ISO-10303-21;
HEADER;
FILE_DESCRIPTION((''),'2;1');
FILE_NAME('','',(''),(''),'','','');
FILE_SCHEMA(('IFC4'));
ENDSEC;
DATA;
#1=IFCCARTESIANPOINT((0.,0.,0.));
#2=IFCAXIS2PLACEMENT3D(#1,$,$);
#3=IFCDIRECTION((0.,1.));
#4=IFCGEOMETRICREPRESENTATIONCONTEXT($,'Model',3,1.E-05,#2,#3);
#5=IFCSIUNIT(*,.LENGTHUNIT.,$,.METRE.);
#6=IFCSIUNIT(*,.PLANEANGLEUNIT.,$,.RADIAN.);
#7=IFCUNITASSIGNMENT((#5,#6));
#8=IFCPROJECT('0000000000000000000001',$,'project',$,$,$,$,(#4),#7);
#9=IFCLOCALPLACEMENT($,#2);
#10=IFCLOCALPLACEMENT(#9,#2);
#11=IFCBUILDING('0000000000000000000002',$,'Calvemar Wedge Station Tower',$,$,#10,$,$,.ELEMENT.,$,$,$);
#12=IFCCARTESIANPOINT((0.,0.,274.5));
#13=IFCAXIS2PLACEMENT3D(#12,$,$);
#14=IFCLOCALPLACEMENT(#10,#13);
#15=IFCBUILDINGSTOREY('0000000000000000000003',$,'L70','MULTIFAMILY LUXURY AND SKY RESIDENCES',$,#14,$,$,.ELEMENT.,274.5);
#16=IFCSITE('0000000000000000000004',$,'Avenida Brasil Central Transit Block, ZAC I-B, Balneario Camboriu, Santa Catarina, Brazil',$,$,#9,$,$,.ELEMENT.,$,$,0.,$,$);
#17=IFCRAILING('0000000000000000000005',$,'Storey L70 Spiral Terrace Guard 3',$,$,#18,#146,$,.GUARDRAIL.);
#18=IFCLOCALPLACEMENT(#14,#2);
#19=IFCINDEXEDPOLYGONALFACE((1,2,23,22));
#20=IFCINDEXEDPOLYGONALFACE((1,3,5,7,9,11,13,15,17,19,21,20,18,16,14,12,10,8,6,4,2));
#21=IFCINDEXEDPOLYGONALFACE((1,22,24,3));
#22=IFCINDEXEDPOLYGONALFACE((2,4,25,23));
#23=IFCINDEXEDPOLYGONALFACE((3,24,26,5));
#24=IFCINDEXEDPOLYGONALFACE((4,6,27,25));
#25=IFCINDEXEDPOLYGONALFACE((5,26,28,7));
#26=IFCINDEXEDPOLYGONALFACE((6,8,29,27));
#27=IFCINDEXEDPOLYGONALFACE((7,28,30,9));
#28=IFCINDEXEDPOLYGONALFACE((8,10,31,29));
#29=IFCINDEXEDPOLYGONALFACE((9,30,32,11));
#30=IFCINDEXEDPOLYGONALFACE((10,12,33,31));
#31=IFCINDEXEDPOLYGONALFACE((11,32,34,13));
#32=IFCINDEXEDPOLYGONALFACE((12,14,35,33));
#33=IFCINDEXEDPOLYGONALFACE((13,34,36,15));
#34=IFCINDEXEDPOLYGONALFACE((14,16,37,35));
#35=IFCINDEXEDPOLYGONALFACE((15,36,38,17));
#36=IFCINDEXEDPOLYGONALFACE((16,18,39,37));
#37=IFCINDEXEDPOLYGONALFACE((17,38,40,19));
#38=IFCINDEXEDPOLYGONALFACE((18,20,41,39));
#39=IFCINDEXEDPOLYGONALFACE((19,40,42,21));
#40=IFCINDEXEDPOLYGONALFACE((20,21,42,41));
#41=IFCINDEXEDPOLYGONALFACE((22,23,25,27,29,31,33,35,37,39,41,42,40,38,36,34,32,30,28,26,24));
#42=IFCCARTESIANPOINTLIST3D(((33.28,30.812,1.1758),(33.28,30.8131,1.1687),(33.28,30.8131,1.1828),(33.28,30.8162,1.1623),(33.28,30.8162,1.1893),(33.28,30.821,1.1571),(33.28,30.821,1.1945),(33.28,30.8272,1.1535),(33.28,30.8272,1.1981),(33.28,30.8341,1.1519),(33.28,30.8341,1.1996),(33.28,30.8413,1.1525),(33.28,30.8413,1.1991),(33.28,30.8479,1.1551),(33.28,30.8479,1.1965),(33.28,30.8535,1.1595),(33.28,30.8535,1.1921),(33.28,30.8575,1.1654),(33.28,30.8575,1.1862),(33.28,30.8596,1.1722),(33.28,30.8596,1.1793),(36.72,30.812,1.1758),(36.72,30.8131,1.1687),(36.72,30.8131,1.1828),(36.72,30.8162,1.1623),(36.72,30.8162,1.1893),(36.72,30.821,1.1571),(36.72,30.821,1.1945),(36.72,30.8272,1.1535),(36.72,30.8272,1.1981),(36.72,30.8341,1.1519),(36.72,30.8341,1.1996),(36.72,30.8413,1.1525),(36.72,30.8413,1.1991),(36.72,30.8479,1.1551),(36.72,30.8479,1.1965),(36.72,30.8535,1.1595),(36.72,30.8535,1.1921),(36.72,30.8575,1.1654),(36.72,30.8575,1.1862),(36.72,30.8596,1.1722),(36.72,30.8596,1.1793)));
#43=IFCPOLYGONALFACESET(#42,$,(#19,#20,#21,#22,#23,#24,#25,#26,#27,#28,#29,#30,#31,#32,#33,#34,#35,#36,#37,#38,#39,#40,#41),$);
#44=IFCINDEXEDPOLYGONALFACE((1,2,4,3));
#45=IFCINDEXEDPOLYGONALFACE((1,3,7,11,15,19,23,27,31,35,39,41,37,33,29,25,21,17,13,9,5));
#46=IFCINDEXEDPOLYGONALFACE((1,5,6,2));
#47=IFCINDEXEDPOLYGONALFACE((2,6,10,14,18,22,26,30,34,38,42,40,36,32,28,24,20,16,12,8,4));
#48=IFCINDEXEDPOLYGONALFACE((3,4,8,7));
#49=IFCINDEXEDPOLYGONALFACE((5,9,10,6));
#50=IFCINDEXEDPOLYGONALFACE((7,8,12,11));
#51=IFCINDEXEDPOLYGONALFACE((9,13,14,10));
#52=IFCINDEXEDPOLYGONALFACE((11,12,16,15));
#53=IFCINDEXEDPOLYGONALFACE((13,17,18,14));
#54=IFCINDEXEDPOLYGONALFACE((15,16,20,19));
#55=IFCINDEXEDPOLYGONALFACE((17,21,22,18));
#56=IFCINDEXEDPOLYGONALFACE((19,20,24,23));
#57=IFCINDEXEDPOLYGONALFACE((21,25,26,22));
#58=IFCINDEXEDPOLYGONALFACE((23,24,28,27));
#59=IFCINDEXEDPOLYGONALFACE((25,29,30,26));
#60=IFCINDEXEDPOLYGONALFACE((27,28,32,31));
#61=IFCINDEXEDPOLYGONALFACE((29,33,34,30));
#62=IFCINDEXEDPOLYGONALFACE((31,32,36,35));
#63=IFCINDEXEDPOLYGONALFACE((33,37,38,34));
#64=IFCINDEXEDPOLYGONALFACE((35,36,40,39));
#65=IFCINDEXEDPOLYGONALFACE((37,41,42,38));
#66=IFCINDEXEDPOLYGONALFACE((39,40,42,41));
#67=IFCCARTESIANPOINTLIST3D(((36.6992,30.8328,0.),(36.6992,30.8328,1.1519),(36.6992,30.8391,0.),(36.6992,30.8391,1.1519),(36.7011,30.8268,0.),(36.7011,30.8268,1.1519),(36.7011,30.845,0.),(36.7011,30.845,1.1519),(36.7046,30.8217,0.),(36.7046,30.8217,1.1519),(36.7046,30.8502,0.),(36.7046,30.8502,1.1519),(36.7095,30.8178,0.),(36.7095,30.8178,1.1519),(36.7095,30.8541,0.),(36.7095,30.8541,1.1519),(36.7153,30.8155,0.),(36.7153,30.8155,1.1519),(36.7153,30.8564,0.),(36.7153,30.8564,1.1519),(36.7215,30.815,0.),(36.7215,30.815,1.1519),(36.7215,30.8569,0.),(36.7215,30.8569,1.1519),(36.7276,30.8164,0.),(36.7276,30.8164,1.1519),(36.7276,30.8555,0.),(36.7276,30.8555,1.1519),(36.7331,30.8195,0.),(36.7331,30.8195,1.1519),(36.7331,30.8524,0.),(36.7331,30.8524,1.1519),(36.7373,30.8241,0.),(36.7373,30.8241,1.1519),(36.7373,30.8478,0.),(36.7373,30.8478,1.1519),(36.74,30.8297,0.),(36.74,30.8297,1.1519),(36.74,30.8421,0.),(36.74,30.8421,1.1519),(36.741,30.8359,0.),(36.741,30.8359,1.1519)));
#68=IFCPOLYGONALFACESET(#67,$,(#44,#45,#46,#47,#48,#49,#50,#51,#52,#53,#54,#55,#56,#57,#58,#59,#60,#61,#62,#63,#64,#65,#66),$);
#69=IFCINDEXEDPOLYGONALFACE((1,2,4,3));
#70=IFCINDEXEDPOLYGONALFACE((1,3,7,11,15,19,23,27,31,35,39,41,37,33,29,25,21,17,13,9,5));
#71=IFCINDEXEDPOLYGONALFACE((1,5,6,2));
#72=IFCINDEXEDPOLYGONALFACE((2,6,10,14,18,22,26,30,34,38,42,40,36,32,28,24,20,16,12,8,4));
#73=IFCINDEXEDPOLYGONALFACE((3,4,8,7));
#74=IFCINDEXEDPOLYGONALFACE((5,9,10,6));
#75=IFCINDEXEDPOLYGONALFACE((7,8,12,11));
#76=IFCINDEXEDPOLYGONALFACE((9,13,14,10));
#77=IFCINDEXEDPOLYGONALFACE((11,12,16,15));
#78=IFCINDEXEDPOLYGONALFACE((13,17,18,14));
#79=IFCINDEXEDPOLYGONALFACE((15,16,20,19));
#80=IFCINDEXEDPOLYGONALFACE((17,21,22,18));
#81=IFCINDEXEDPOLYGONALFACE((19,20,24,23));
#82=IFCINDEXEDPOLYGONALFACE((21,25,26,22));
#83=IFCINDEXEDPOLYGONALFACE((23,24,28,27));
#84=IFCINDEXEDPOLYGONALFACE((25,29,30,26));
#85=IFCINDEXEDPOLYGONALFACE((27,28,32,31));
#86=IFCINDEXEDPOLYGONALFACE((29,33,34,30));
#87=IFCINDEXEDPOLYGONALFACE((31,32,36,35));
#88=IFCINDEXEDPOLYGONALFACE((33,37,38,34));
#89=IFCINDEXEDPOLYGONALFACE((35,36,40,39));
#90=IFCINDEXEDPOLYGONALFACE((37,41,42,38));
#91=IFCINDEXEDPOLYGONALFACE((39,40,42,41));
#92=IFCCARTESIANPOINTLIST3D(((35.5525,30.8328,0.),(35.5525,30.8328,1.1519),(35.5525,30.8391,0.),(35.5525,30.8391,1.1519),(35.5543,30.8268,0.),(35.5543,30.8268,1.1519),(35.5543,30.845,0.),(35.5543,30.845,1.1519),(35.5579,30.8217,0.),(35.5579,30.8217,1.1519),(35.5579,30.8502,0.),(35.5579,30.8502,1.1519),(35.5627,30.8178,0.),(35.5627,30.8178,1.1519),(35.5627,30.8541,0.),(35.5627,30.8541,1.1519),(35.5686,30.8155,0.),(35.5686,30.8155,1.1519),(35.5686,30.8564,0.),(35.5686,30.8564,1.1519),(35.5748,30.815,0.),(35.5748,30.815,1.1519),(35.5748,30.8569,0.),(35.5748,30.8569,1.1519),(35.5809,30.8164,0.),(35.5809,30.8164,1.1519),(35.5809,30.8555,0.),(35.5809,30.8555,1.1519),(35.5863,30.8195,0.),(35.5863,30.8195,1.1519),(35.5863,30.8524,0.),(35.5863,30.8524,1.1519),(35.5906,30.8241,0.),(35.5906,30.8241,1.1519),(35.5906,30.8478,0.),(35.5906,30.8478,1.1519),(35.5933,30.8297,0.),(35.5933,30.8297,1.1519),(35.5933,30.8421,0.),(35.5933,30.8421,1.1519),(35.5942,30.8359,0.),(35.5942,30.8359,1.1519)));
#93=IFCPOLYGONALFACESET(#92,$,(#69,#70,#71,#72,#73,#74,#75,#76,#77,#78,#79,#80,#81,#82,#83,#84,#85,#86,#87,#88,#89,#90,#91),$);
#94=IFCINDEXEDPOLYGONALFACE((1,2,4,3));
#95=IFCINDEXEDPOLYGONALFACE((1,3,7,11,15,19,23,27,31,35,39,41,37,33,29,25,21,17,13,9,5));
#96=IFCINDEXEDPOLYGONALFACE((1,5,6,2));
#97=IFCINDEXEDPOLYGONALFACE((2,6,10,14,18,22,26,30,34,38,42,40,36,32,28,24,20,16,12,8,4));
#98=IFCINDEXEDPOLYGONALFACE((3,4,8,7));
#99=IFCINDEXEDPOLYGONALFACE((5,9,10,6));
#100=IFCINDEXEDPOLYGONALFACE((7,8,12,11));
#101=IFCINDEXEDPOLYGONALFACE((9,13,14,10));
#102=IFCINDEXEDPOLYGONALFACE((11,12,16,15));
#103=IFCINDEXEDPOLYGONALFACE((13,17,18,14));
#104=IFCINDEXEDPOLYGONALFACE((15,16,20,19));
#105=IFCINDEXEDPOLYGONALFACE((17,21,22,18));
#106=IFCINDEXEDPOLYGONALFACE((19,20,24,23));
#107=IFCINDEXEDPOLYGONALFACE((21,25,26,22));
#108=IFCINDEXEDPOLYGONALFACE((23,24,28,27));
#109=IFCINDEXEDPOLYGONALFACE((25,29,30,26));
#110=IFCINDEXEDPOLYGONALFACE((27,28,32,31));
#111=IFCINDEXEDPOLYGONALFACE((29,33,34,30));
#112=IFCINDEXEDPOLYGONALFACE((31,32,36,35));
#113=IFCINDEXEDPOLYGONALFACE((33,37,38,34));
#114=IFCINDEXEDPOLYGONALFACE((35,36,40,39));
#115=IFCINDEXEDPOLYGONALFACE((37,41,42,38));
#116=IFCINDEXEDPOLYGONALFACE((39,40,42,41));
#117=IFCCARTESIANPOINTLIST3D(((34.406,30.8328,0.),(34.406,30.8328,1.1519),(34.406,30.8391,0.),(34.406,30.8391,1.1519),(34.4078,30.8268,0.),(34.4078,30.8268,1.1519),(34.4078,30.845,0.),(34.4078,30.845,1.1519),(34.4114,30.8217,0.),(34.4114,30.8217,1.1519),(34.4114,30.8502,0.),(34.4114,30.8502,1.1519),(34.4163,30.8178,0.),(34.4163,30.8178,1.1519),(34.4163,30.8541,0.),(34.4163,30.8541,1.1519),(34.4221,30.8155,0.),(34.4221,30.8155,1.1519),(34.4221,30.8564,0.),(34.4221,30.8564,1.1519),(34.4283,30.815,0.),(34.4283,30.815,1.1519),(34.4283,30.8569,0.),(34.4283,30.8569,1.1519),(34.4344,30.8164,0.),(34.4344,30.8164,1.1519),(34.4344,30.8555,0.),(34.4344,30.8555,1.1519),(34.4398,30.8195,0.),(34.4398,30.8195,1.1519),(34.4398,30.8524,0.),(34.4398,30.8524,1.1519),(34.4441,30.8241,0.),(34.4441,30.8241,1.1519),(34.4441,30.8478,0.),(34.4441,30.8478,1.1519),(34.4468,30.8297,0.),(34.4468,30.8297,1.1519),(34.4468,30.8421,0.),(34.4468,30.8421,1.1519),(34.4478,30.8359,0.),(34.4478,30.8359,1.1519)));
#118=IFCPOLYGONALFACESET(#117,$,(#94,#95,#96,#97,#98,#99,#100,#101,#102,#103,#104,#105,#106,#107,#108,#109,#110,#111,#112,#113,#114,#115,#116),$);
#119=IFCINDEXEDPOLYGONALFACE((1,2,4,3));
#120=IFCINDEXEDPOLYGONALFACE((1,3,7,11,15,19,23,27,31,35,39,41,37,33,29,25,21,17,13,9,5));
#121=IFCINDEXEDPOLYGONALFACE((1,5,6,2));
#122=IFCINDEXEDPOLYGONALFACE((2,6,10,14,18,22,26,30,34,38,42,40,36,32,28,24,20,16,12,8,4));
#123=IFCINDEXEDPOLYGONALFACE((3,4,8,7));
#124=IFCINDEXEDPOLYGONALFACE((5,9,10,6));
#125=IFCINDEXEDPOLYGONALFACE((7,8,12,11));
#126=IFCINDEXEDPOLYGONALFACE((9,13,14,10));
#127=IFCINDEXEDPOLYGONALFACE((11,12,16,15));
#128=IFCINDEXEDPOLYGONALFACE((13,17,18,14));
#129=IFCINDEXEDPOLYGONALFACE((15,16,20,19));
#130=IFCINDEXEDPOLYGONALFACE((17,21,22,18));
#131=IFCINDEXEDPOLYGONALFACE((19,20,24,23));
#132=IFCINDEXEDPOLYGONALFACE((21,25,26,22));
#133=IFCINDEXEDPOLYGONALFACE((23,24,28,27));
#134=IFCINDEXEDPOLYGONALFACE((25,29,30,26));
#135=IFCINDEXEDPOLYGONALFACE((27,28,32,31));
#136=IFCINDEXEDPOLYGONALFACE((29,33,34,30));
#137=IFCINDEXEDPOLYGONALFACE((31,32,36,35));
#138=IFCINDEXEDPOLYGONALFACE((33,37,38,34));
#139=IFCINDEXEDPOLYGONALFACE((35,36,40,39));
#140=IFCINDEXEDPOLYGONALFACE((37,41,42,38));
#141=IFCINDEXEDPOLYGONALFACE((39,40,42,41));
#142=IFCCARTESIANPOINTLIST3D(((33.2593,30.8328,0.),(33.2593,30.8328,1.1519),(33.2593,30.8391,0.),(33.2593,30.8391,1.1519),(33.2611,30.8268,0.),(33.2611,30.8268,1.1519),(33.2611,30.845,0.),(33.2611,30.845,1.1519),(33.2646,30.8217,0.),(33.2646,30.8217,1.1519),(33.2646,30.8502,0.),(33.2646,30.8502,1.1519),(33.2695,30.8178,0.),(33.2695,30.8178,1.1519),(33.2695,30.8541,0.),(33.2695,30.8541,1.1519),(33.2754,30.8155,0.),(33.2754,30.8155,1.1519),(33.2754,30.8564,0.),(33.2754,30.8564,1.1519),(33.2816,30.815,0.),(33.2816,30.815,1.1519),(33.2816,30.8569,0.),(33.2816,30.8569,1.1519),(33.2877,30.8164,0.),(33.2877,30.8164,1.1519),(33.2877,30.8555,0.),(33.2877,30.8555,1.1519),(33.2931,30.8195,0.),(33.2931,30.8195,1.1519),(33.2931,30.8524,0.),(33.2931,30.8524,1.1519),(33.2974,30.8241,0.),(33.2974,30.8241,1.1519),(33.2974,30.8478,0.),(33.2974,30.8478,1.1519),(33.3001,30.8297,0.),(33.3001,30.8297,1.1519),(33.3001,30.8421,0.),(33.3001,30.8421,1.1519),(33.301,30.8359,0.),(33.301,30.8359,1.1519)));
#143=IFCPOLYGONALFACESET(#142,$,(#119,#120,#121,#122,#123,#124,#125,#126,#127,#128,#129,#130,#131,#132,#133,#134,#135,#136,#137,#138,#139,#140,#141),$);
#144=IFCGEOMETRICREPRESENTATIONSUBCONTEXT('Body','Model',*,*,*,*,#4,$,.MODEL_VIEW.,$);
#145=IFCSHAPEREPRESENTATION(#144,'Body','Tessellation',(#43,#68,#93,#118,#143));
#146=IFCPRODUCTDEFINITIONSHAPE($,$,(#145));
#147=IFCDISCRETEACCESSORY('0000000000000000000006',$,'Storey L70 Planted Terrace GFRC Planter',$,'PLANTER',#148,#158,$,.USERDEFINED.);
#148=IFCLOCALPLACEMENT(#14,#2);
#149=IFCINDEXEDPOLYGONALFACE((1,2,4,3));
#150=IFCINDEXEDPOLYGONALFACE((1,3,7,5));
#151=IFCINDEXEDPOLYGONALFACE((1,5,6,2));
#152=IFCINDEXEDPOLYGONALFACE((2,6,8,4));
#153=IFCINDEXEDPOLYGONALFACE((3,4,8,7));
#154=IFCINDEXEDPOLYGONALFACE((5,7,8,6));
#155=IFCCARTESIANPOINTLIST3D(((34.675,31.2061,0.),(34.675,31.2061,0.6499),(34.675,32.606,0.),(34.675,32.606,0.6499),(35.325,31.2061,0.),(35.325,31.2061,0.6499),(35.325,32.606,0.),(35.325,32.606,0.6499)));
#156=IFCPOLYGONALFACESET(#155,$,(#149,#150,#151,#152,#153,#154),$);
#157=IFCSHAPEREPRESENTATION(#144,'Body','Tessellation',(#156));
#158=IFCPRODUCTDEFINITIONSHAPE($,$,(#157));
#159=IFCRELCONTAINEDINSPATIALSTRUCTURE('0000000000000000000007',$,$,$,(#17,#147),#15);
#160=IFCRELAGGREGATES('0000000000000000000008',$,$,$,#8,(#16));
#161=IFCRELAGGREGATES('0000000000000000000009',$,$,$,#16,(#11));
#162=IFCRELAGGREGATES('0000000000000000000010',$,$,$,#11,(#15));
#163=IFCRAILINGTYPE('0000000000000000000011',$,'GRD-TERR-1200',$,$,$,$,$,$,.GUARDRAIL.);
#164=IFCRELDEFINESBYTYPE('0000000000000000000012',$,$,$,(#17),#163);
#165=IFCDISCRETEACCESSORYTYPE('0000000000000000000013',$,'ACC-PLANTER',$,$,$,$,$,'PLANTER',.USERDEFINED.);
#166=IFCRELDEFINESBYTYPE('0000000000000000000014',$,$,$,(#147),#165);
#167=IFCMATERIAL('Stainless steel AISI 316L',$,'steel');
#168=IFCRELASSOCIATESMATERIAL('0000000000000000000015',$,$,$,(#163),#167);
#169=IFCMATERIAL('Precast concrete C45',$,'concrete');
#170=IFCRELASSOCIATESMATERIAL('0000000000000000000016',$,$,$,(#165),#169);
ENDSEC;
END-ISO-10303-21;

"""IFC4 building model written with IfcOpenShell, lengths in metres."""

from ifc_helpers import new_model, si_unit, direction, frame, origin, origin_2d, place, context, subcontext, project, spatial, rectangle, circle, extrude, source, transform, mapped, material, type_object, element, save


model = new_model("IFC4")

# Units and contexts
model_context = context("Model", 3, precision=1e-05, world=origin(), true_north=direction((0.0, 1.0)))
body_context = subcontext(model_context, "Body", "Model", "MODEL_VIEW")
ifc_project = project(units=[si_unit("LENGTHUNIT", "METRE"), si_unit("PLANEANGLEUNIT", "RADIAN")], contexts=[model_context])

# Site, building, storey
site_placement = place(None, origin())
site = spatial("IfcSite", under=ifc_project, at=site_placement, Name="Avenida Brasil Central Transit Block, ZAC I-B, Balneario Camboriu, Santa Catarina, Brazil", CompositionType="ELEMENT", RefElevation=0.0)
building_placement = place(site_placement, origin())
building = spatial("IfcBuilding", under=site, at=building_placement, Name="Calvemar Wedge Station Tower", CompositionType="ELEMENT")
storey_placement = place(building_placement, frame((0.0, 0.0, 274.5)))
storey = spatial("IfcBuildingStorey", under=building, at=storey_placement, Name="L70", Description="MULTIFAMILY LUXURY AND SKY RESIDENCES", CompositionType="ELEMENT", Elevation=274.5)

# Shared definitions
ifc_material_1 = material(Name="Precast concrete C45", Category="concrete")

# Railing
ifc_material_2 = material(Name="Stainless steel AISI 316L", Category="steel")
railing_type = type_object("IfcRailingType", Name="GRD-TERR-1200", PredefinedType="GUARDRAIL", material=ifc_material_2)
railing_1_placement = place(storey_placement, frame((36.72, 30.8359, 0.0)))
element("IfcRailing", 1, at=railing_1_placement, inside=storey, type_object=railing_type, Name="Storey L70 Spiral Terrace Guard 3", PredefinedType="GUARDRAIL", context=body_context, shape_type="SweptSolid", body=[
    extrude(circle(Radius=0.0239, at=origin_2d()), frame((0.0, 0.0, 1.1758), z_axis=(-1.0, 0.0, 0.0), x_axis=(0.0, -1.0, 0.0)), (0.0, 0.0, 1.0), 3.4399),
    extrude(circle(Radius=0.021, at=origin_2d()), origin(), (0.0, 0.0, 1.0), 1.1519),
    extrude(circle(Radius=0.021, at=origin_2d()), frame((-1.1467, 0.0, 0.0)), (0.0, 0.0, 1.0), 1.1519),
    extrude(circle(Radius=0.021, at=origin_2d()), frame((-2.2932, 0.0, 0.0)), (0.0, 0.0, 1.0), 1.1519),
    extrude(circle(Radius=0.021, at=origin_2d()), frame((-3.4399, 0.0, 0.0)), (0.0, 0.0, 1.0), 1.1519),
])

# Discrete accessory
discrete_accessory_type = type_object("IfcDiscreteAccessoryType", Name="ACC-PLANTER", ElementType="PLANTER", PredefinedType="USERDEFINED", material=ifc_material_1)
shared_shape_1 = source(origin(), body_context, "Body", "SweptSolid", [
    extrude(rectangle(XDim=0.6499, YDim=1.3999, at=origin_2d()), origin(), (0.0, 0.0, 1.0), 0.6499),
])
discrete_accessory_placement = place(storey_placement, frame((35.0, 31.906, 0.0), z_axis=(0.0, 0.0, 1.0), x_axis=(1.0, 0.0, 0.0)))
element("IfcDiscreteAccessory", 2, at=discrete_accessory_placement, inside=storey, type_object=discrete_accessory_type, Name="Storey L70 Planted Terrace GFRC Planter", ObjectType="PLANTER", PredefinedType="USERDEFINED", context=body_context, shape_type="MappedRepresentation", body=[
    mapped(shared_shape_1, transform((0.0, 0.0, 0.0), scale=1.0)),
])

save(model, "model.ifc")
